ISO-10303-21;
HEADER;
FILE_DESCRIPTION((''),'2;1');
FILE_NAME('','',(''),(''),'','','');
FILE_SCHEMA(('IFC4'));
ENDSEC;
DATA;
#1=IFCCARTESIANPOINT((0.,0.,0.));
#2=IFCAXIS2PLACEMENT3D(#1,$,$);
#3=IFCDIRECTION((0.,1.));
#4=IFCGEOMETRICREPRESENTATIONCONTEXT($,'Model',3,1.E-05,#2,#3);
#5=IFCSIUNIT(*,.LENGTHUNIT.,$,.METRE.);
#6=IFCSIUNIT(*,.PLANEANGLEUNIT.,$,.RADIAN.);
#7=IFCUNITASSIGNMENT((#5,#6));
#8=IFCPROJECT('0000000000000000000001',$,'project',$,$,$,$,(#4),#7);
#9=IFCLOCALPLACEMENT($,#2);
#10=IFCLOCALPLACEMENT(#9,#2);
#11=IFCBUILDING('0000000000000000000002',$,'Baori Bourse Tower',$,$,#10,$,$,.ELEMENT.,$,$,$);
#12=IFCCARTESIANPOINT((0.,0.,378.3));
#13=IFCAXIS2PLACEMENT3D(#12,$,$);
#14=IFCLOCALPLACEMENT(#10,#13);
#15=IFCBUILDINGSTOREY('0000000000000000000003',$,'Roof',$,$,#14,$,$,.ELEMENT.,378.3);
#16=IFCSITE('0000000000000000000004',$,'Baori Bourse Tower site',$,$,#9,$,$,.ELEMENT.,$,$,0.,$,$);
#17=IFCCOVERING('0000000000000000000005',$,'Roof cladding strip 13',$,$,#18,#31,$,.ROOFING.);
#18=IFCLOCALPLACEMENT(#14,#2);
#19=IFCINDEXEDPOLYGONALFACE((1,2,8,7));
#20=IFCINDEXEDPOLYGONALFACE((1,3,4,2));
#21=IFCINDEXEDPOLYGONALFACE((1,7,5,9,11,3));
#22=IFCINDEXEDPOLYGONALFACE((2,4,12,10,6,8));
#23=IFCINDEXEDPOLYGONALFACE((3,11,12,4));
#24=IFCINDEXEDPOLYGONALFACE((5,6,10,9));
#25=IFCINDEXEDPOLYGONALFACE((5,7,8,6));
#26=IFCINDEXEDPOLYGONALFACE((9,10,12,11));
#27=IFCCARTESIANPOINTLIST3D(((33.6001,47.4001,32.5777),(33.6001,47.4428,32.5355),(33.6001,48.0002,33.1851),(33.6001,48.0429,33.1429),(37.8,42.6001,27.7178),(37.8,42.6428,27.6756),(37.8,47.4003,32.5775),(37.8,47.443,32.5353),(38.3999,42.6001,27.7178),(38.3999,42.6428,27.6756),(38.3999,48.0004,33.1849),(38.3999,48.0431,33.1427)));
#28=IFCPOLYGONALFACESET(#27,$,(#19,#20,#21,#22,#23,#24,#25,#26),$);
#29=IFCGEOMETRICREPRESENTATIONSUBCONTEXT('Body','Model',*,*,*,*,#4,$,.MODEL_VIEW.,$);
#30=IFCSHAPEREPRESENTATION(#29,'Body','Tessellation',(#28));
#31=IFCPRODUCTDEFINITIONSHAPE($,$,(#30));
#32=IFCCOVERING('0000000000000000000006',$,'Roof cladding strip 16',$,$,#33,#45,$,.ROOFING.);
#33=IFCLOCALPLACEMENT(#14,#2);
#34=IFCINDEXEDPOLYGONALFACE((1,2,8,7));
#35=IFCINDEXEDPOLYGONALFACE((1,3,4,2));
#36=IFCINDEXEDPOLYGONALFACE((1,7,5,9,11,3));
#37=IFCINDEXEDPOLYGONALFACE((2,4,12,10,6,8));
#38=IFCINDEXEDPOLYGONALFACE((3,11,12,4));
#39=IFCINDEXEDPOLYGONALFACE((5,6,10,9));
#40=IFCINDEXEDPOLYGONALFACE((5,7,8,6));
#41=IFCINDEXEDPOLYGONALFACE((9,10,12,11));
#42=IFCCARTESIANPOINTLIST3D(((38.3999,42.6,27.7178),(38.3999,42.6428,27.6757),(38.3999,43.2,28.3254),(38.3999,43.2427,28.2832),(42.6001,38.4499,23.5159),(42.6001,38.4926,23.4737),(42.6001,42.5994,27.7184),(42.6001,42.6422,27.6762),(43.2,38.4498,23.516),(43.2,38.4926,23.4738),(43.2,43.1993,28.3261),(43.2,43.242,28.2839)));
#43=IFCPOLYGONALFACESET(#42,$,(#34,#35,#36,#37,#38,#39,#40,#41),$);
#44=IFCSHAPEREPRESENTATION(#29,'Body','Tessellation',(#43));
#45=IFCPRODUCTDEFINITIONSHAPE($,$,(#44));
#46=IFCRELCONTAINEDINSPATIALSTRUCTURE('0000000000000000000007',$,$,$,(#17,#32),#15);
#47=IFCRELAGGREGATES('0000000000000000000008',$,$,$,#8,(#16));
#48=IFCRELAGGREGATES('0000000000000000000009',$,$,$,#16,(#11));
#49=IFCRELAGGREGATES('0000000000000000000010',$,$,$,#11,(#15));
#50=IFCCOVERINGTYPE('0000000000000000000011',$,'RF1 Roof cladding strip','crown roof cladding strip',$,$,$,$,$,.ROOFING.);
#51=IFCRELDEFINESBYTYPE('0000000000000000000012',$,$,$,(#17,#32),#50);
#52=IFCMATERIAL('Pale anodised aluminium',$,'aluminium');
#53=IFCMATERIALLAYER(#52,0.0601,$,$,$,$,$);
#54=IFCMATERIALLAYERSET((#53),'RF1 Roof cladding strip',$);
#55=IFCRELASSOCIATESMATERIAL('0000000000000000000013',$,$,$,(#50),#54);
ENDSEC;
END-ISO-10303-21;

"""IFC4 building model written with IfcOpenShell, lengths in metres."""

from ifc_helpers import new_model, si_unit, direction, frame, origin, place, context, subcontext, project, spatial, polyline, outline, extrude, material, layer, layer_set, type_object, element, save


model = new_model("IFC4")

# Units and contexts
model_context = context("Model", 3, precision=1e-05, world=origin(), true_north=direction((0.0, 1.0)))
body_context = subcontext(model_context, "Body", "Model", "MODEL_VIEW")
ifc_project = project(units=[si_unit("LENGTHUNIT", "METRE"), si_unit("PLANEANGLEUNIT", "RADIAN")], contexts=[model_context])

# Site, building, storey
site_placement = place(None, origin())
site = spatial("IfcSite", under=ifc_project, at=site_placement, Name="Baori Bourse Tower site", CompositionType="ELEMENT", RefElevation=0.0)
building_placement = place(site_placement, origin())
building = spatial("IfcBuilding", under=site, at=building_placement, Name="Baori Bourse Tower", CompositionType="ELEMENT")
storey_placement = place(building_placement, frame((0.0, 0.0, 378.3)))
storey = spatial("IfcBuildingStorey", under=building, at=storey_placement, Name="Roof", CompositionType="ELEMENT", Elevation=378.3)

# Coverings
ifc_material_1 = material(Name="Pale anodised aluminium", Category="aluminium")
ifc_layer_1 = layer(ifc_material_1, 0.0601)
ifc_layer_set_1 = layer_set([ifc_layer_1], Name="RF1 Roof cladding strip")
covering_type = type_object("IfcCoveringType", Name="RF1 Roof cladding strip", Description="crown roof cladding strip", PredefinedType="ROOFING", material=ifc_layer_set_1)
covering_1_placement = place(storey_placement, frame((38.3999, 42.6001, 27.7178), z_axis=(0.000063, -0.711445, 0.702742), x_axis=(0.0, 0.702742, 0.711445)))
element("IfcCovering", 1, at=covering_1_placement, inside=storey, type_object=covering_type, Name="Roof cladding strip 13", PredefinedType="ROOFING", context=body_context, shape_type="SweptSolid", body=[
    extrude(outline(polyline([(0.0, 0.0), (7.6846, 0.0), (7.6846, 4.7998), (6.8307, 4.7998), (6.8307, 0.5999), (0.0, 0.5999), (0.0, 0.0)])), origin(), (0.0, 0.0, -1.0), 0.0601),
])
covering_2_placement = place(storey_placement, frame((38.3999, 43.2, 28.3254), z_axis=(-0.000196, -0.711578, 0.702607), x_axis=(0.0, 0.702607, 0.711578)))
element("IfcCovering", 2, at=covering_2_placement, inside=storey, type_object=covering_type, Name="Roof cladding strip 16", PredefinedType="ROOFING", context=body_context, shape_type="SweptSolid", body=[
    extrude(outline(polyline([(0.0, 0.0), (6.8307, 0.0), (-0.8539, 0.0), (-0.8539, -4.2002), (-6.7598, -4.2002), (-6.7598, -4.8), (0.0, -4.8), (0.0, 0.0)])), origin(), (0.0, 0.0, -1.0), 0.0601),
])

save(model, "model.ifc")
